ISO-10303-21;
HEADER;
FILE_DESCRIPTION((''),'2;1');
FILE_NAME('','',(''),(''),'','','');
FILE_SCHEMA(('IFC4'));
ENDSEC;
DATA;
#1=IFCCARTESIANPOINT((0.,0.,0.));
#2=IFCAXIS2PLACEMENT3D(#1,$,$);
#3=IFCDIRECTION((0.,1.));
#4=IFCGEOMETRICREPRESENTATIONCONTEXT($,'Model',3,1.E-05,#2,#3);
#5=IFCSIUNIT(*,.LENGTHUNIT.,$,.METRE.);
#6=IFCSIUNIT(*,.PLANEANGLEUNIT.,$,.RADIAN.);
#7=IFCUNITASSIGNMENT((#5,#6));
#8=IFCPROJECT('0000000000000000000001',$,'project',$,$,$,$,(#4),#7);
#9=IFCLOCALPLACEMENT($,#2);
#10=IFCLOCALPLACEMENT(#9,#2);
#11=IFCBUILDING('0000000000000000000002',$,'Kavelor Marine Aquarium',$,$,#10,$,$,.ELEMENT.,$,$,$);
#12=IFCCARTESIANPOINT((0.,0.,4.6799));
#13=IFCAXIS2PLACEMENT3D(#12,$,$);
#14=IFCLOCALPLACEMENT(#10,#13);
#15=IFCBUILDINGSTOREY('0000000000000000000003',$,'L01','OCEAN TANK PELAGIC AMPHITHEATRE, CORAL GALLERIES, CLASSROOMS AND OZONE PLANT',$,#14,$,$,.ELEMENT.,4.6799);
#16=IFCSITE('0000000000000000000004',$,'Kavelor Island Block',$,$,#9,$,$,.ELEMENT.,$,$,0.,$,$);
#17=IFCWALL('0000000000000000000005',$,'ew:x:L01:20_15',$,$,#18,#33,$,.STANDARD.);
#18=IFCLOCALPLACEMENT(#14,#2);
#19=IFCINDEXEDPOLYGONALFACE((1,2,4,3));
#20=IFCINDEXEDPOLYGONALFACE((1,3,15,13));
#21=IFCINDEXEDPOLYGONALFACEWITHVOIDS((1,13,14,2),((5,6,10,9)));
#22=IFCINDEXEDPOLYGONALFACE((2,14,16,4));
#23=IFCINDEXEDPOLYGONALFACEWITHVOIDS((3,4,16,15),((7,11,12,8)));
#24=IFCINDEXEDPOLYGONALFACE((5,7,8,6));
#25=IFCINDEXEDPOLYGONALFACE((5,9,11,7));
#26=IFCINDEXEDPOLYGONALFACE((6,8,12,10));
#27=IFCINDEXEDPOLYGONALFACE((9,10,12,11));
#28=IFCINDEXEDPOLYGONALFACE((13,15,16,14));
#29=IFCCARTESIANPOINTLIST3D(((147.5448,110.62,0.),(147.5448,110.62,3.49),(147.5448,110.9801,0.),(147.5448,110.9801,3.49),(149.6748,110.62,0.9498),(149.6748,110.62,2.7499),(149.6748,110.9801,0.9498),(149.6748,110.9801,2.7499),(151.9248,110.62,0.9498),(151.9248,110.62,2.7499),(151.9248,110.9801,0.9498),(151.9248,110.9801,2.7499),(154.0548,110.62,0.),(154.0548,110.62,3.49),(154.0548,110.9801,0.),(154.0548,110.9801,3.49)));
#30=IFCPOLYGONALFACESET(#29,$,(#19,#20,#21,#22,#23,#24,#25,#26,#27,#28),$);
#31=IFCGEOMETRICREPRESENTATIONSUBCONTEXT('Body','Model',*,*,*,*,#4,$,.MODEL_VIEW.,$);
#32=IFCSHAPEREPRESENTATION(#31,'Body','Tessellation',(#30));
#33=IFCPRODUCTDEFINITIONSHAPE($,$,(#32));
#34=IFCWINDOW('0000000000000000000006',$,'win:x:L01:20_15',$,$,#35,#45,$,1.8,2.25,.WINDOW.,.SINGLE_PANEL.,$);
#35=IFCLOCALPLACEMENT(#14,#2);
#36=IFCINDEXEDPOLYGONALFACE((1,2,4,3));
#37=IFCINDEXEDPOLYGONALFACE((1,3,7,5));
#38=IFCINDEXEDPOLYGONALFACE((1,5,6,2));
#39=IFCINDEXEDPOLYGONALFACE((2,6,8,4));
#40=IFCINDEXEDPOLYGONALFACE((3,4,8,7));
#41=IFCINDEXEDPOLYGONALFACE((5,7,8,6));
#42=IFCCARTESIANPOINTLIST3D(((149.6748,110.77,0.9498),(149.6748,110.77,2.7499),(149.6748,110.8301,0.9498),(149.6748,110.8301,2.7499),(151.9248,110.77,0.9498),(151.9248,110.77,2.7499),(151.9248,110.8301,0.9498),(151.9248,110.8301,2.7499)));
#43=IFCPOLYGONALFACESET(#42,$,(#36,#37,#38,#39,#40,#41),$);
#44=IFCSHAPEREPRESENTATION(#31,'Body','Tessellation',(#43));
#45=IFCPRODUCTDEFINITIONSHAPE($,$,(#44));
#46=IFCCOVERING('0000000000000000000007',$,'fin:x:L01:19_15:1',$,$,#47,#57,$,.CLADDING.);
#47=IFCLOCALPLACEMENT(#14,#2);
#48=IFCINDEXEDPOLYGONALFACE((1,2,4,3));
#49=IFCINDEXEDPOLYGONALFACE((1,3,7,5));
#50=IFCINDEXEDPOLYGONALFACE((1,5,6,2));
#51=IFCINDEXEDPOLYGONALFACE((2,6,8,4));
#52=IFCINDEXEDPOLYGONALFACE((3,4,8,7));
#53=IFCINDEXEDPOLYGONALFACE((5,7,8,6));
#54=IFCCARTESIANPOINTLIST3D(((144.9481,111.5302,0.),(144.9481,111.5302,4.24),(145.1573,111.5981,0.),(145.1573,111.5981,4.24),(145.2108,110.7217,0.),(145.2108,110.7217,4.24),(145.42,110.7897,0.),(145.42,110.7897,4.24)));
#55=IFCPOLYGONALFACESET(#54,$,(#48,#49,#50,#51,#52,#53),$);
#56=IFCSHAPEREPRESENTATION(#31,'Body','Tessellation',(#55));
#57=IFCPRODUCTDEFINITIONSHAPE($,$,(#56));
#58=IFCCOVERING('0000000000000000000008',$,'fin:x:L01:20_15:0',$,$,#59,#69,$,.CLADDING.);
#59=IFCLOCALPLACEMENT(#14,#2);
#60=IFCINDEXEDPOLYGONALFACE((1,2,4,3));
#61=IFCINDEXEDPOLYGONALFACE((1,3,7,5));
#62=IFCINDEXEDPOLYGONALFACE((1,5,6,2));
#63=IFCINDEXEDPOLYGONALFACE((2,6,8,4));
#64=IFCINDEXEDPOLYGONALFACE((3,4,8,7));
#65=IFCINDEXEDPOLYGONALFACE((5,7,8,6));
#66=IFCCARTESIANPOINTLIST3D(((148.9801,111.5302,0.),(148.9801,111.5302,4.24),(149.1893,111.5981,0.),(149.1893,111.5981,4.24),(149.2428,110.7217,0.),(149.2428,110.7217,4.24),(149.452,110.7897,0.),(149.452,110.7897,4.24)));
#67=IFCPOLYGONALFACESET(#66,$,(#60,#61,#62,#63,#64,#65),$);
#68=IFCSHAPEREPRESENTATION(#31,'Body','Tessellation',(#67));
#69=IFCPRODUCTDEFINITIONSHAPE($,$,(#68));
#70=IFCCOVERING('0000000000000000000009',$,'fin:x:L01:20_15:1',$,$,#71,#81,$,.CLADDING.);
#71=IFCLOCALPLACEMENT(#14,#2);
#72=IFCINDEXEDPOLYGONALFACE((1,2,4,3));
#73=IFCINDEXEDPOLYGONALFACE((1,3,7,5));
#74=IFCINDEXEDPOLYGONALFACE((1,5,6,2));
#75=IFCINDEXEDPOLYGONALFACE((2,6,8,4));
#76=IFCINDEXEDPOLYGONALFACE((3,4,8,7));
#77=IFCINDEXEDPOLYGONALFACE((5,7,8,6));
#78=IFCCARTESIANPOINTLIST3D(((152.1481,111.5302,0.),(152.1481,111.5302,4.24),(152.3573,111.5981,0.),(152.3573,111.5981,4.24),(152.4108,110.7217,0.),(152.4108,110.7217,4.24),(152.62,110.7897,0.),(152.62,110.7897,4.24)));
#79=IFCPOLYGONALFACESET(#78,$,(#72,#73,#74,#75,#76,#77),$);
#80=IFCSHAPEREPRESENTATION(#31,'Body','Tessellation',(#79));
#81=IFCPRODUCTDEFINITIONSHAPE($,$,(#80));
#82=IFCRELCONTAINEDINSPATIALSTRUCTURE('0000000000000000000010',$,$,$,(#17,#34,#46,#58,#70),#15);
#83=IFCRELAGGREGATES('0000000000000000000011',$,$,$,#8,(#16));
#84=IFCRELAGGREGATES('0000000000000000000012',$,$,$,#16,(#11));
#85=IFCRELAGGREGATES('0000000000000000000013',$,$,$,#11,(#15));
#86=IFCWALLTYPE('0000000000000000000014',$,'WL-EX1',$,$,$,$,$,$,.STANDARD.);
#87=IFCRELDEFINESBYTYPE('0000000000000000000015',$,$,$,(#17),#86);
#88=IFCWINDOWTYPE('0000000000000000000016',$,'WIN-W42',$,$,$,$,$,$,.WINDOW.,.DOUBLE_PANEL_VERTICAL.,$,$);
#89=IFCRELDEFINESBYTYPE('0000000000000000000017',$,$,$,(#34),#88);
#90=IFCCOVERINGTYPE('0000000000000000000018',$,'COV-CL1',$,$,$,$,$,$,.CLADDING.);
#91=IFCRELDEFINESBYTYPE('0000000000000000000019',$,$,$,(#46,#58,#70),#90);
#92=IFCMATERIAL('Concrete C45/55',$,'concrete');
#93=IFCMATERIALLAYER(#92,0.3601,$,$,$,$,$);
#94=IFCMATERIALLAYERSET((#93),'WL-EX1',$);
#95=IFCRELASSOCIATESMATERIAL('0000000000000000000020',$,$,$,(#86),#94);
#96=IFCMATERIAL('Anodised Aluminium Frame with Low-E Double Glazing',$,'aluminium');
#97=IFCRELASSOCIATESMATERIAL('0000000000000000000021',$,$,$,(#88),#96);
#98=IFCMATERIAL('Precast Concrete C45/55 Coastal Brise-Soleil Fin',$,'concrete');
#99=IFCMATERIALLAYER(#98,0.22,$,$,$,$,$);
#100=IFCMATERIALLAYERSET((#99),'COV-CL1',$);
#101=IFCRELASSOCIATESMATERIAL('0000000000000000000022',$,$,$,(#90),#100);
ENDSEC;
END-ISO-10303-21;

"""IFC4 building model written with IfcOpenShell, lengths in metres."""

from ifc_helpers import new_model, si_unit, direction, frame, frame_2d, origin, origin_2d, place, context, subcontext, project, spatial, rectangle, extrude, material, layer, layer_set, type_object, element, fill, save


model = new_model("IFC4")

# Units and contexts
model_context = context("Model", 3, precision=1e-05, world=origin(), true_north=direction((0.0, 1.0)))
body_context = subcontext(model_context, "Body", "Model", "MODEL_VIEW")
ifc_project = project(units=[si_unit("LENGTHUNIT", "METRE"), si_unit("PLANEANGLEUNIT", "RADIAN")], contexts=[model_context])

# Site, building, storey
site_placement = place(None, origin())
site = spatial("IfcSite", under=ifc_project, at=site_placement, Name="Kavelor Island Block", CompositionType="ELEMENT", RefElevation=0.0)
building_placement = place(site_placement, origin())
building = spatial("IfcBuilding", under=site, at=building_placement, Name="Kavelor Marine Aquarium", CompositionType="ELEMENT")
storey_placement = place(building_placement, frame((0.0, 0.0, 4.6799)))
storey = spatial("IfcBuildingStorey", under=building, at=storey_placement, Name="L01", Description="OCEAN TANK PELAGIC AMPHITHEATRE, CORAL GALLERIES, CLASSROOMS AND OZONE PLANT", CompositionType="ELEMENT", Elevation=4.6799)

# Wall, opening, window
ifc_material_1 = material(Name="Concrete C45/55", Category="concrete")
ifc_layer_1 = layer(ifc_material_1, 0.3601)
ifc_layer_set_1 = layer_set([ifc_layer_1], Name="WL-EX1")
wall_type = type_object("IfcWallType", Name="WL-EX1", PredefinedType="STANDARD", material=ifc_layer_set_1)
wall_placement = place(storey_placement, frame((147.5449, 110.8, 0.0), z_axis=(0.0, 0.0, 1.0), x_axis=(1.0, 0.0, 0.0)))
wall = element("IfcWall", 1, at=wall_placement, inside=storey, type_object=wall_type, Name="ew:x:L01:20_15", PredefinedType="STANDARD", context=body_context, shape_type="SweptSolid", body=[
    extrude(rectangle(XDim=6.51, YDim=0.3601, at=frame_2d((3.2549, 0.0))), origin(), (0.0, 0.0, 1.0), 3.49),
])
opening_placement = place(wall_placement, frame((2.1299, 0.0, 0.95)))
opening = element("IfcOpeningElement", 2, at=opening_placement, cuts=wall, PredefinedType="OPENING", context=body_context, shape_type="SweptSolid", body=[
    extrude(rectangle(XDim=2.25, YDim=1.8, at=frame_2d((1.125, 0.8999))), frame((0.0, 0.1899, 0.0), z_axis=(0.0, -1.0, 0.0), x_axis=(1.0, 0.0, 0.0)), (0.0, 0.0, 1.0), 0.3801),
])
ifc_material_2 = material(Name="Anodised Aluminium Frame with Low-E Double Glazing", Category="aluminium")
window_type = type_object("IfcWindowType", Name="WIN-W42", PartitioningType="DOUBLE_PANEL_VERTICAL", PredefinedType="WINDOW", material=ifc_material_2)
window_placement = place(opening_placement, origin())
window = element("IfcWindow", 3, at=window_placement, inside=storey, type_object=window_type, Name="win:x:L01:20_15", OverallHeight=1.8, OverallWidth=2.25, PartitioningType="SINGLE_PANEL", PredefinedType="WINDOW", context=body_context, shape_type="SweptSolid", body=[
    extrude(rectangle(XDim=2.25, YDim=1.8, at=frame_2d((1.125, 0.8999))), frame((0.0, 0.03, 0.0), z_axis=(0.0, -1.0, 0.0), x_axis=(1.0, 0.0, 0.0)), (0.0, 0.0, 1.0), 0.0601),
])
fill(opening, window)

# Coverings
ifc_material_3 = material(Name="Precast Concrete C45/55 Coastal Brise-Soleil Fin", Category="concrete")
ifc_layer_2 = layer(ifc_material_3, 0.22)
ifc_layer_set_2 = layer_set([ifc_layer_2], Name="COV-CL1")
covering_type = type_object("IfcCoveringType", Name="COV-CL1", PredefinedType="CLADDING", material=ifc_layer_set_2)
for number, where, z_axis, x_axis, name in (
    (4, (145.1841, 111.1599, 0.0), (0.0, 0.0, 1.0), (0.951057, 0.309017, 0.0), "fin:x:L01:19_15:1"),
    (5, (149.2161, 111.1599, 0.0), (0.0, 0.0, 1.0), (0.951057, 0.309017, 0.0), "fin:x:L01:20_15:0"),
    (6, (152.384, 111.1599, 0.0), (0.0, 0.0, 1.0), (0.951057, 0.309017, 0.0), "fin:x:L01:20_15:1"),
):
    element("IfcCovering", number, at=place(storey_placement, frame(where, z_axis=z_axis, x_axis=x_axis)), inside=storey, type_object=covering_type, Name=name, PredefinedType="CLADDING", context=body_context, shape_type="SweptSolid", body=[
        extrude(rectangle(XDim=0.22, YDim=0.8501, at=origin_2d()), origin(), (0.0, 0.0, 1.0), 4.24),
    ])

save(model, "model.ifc")
